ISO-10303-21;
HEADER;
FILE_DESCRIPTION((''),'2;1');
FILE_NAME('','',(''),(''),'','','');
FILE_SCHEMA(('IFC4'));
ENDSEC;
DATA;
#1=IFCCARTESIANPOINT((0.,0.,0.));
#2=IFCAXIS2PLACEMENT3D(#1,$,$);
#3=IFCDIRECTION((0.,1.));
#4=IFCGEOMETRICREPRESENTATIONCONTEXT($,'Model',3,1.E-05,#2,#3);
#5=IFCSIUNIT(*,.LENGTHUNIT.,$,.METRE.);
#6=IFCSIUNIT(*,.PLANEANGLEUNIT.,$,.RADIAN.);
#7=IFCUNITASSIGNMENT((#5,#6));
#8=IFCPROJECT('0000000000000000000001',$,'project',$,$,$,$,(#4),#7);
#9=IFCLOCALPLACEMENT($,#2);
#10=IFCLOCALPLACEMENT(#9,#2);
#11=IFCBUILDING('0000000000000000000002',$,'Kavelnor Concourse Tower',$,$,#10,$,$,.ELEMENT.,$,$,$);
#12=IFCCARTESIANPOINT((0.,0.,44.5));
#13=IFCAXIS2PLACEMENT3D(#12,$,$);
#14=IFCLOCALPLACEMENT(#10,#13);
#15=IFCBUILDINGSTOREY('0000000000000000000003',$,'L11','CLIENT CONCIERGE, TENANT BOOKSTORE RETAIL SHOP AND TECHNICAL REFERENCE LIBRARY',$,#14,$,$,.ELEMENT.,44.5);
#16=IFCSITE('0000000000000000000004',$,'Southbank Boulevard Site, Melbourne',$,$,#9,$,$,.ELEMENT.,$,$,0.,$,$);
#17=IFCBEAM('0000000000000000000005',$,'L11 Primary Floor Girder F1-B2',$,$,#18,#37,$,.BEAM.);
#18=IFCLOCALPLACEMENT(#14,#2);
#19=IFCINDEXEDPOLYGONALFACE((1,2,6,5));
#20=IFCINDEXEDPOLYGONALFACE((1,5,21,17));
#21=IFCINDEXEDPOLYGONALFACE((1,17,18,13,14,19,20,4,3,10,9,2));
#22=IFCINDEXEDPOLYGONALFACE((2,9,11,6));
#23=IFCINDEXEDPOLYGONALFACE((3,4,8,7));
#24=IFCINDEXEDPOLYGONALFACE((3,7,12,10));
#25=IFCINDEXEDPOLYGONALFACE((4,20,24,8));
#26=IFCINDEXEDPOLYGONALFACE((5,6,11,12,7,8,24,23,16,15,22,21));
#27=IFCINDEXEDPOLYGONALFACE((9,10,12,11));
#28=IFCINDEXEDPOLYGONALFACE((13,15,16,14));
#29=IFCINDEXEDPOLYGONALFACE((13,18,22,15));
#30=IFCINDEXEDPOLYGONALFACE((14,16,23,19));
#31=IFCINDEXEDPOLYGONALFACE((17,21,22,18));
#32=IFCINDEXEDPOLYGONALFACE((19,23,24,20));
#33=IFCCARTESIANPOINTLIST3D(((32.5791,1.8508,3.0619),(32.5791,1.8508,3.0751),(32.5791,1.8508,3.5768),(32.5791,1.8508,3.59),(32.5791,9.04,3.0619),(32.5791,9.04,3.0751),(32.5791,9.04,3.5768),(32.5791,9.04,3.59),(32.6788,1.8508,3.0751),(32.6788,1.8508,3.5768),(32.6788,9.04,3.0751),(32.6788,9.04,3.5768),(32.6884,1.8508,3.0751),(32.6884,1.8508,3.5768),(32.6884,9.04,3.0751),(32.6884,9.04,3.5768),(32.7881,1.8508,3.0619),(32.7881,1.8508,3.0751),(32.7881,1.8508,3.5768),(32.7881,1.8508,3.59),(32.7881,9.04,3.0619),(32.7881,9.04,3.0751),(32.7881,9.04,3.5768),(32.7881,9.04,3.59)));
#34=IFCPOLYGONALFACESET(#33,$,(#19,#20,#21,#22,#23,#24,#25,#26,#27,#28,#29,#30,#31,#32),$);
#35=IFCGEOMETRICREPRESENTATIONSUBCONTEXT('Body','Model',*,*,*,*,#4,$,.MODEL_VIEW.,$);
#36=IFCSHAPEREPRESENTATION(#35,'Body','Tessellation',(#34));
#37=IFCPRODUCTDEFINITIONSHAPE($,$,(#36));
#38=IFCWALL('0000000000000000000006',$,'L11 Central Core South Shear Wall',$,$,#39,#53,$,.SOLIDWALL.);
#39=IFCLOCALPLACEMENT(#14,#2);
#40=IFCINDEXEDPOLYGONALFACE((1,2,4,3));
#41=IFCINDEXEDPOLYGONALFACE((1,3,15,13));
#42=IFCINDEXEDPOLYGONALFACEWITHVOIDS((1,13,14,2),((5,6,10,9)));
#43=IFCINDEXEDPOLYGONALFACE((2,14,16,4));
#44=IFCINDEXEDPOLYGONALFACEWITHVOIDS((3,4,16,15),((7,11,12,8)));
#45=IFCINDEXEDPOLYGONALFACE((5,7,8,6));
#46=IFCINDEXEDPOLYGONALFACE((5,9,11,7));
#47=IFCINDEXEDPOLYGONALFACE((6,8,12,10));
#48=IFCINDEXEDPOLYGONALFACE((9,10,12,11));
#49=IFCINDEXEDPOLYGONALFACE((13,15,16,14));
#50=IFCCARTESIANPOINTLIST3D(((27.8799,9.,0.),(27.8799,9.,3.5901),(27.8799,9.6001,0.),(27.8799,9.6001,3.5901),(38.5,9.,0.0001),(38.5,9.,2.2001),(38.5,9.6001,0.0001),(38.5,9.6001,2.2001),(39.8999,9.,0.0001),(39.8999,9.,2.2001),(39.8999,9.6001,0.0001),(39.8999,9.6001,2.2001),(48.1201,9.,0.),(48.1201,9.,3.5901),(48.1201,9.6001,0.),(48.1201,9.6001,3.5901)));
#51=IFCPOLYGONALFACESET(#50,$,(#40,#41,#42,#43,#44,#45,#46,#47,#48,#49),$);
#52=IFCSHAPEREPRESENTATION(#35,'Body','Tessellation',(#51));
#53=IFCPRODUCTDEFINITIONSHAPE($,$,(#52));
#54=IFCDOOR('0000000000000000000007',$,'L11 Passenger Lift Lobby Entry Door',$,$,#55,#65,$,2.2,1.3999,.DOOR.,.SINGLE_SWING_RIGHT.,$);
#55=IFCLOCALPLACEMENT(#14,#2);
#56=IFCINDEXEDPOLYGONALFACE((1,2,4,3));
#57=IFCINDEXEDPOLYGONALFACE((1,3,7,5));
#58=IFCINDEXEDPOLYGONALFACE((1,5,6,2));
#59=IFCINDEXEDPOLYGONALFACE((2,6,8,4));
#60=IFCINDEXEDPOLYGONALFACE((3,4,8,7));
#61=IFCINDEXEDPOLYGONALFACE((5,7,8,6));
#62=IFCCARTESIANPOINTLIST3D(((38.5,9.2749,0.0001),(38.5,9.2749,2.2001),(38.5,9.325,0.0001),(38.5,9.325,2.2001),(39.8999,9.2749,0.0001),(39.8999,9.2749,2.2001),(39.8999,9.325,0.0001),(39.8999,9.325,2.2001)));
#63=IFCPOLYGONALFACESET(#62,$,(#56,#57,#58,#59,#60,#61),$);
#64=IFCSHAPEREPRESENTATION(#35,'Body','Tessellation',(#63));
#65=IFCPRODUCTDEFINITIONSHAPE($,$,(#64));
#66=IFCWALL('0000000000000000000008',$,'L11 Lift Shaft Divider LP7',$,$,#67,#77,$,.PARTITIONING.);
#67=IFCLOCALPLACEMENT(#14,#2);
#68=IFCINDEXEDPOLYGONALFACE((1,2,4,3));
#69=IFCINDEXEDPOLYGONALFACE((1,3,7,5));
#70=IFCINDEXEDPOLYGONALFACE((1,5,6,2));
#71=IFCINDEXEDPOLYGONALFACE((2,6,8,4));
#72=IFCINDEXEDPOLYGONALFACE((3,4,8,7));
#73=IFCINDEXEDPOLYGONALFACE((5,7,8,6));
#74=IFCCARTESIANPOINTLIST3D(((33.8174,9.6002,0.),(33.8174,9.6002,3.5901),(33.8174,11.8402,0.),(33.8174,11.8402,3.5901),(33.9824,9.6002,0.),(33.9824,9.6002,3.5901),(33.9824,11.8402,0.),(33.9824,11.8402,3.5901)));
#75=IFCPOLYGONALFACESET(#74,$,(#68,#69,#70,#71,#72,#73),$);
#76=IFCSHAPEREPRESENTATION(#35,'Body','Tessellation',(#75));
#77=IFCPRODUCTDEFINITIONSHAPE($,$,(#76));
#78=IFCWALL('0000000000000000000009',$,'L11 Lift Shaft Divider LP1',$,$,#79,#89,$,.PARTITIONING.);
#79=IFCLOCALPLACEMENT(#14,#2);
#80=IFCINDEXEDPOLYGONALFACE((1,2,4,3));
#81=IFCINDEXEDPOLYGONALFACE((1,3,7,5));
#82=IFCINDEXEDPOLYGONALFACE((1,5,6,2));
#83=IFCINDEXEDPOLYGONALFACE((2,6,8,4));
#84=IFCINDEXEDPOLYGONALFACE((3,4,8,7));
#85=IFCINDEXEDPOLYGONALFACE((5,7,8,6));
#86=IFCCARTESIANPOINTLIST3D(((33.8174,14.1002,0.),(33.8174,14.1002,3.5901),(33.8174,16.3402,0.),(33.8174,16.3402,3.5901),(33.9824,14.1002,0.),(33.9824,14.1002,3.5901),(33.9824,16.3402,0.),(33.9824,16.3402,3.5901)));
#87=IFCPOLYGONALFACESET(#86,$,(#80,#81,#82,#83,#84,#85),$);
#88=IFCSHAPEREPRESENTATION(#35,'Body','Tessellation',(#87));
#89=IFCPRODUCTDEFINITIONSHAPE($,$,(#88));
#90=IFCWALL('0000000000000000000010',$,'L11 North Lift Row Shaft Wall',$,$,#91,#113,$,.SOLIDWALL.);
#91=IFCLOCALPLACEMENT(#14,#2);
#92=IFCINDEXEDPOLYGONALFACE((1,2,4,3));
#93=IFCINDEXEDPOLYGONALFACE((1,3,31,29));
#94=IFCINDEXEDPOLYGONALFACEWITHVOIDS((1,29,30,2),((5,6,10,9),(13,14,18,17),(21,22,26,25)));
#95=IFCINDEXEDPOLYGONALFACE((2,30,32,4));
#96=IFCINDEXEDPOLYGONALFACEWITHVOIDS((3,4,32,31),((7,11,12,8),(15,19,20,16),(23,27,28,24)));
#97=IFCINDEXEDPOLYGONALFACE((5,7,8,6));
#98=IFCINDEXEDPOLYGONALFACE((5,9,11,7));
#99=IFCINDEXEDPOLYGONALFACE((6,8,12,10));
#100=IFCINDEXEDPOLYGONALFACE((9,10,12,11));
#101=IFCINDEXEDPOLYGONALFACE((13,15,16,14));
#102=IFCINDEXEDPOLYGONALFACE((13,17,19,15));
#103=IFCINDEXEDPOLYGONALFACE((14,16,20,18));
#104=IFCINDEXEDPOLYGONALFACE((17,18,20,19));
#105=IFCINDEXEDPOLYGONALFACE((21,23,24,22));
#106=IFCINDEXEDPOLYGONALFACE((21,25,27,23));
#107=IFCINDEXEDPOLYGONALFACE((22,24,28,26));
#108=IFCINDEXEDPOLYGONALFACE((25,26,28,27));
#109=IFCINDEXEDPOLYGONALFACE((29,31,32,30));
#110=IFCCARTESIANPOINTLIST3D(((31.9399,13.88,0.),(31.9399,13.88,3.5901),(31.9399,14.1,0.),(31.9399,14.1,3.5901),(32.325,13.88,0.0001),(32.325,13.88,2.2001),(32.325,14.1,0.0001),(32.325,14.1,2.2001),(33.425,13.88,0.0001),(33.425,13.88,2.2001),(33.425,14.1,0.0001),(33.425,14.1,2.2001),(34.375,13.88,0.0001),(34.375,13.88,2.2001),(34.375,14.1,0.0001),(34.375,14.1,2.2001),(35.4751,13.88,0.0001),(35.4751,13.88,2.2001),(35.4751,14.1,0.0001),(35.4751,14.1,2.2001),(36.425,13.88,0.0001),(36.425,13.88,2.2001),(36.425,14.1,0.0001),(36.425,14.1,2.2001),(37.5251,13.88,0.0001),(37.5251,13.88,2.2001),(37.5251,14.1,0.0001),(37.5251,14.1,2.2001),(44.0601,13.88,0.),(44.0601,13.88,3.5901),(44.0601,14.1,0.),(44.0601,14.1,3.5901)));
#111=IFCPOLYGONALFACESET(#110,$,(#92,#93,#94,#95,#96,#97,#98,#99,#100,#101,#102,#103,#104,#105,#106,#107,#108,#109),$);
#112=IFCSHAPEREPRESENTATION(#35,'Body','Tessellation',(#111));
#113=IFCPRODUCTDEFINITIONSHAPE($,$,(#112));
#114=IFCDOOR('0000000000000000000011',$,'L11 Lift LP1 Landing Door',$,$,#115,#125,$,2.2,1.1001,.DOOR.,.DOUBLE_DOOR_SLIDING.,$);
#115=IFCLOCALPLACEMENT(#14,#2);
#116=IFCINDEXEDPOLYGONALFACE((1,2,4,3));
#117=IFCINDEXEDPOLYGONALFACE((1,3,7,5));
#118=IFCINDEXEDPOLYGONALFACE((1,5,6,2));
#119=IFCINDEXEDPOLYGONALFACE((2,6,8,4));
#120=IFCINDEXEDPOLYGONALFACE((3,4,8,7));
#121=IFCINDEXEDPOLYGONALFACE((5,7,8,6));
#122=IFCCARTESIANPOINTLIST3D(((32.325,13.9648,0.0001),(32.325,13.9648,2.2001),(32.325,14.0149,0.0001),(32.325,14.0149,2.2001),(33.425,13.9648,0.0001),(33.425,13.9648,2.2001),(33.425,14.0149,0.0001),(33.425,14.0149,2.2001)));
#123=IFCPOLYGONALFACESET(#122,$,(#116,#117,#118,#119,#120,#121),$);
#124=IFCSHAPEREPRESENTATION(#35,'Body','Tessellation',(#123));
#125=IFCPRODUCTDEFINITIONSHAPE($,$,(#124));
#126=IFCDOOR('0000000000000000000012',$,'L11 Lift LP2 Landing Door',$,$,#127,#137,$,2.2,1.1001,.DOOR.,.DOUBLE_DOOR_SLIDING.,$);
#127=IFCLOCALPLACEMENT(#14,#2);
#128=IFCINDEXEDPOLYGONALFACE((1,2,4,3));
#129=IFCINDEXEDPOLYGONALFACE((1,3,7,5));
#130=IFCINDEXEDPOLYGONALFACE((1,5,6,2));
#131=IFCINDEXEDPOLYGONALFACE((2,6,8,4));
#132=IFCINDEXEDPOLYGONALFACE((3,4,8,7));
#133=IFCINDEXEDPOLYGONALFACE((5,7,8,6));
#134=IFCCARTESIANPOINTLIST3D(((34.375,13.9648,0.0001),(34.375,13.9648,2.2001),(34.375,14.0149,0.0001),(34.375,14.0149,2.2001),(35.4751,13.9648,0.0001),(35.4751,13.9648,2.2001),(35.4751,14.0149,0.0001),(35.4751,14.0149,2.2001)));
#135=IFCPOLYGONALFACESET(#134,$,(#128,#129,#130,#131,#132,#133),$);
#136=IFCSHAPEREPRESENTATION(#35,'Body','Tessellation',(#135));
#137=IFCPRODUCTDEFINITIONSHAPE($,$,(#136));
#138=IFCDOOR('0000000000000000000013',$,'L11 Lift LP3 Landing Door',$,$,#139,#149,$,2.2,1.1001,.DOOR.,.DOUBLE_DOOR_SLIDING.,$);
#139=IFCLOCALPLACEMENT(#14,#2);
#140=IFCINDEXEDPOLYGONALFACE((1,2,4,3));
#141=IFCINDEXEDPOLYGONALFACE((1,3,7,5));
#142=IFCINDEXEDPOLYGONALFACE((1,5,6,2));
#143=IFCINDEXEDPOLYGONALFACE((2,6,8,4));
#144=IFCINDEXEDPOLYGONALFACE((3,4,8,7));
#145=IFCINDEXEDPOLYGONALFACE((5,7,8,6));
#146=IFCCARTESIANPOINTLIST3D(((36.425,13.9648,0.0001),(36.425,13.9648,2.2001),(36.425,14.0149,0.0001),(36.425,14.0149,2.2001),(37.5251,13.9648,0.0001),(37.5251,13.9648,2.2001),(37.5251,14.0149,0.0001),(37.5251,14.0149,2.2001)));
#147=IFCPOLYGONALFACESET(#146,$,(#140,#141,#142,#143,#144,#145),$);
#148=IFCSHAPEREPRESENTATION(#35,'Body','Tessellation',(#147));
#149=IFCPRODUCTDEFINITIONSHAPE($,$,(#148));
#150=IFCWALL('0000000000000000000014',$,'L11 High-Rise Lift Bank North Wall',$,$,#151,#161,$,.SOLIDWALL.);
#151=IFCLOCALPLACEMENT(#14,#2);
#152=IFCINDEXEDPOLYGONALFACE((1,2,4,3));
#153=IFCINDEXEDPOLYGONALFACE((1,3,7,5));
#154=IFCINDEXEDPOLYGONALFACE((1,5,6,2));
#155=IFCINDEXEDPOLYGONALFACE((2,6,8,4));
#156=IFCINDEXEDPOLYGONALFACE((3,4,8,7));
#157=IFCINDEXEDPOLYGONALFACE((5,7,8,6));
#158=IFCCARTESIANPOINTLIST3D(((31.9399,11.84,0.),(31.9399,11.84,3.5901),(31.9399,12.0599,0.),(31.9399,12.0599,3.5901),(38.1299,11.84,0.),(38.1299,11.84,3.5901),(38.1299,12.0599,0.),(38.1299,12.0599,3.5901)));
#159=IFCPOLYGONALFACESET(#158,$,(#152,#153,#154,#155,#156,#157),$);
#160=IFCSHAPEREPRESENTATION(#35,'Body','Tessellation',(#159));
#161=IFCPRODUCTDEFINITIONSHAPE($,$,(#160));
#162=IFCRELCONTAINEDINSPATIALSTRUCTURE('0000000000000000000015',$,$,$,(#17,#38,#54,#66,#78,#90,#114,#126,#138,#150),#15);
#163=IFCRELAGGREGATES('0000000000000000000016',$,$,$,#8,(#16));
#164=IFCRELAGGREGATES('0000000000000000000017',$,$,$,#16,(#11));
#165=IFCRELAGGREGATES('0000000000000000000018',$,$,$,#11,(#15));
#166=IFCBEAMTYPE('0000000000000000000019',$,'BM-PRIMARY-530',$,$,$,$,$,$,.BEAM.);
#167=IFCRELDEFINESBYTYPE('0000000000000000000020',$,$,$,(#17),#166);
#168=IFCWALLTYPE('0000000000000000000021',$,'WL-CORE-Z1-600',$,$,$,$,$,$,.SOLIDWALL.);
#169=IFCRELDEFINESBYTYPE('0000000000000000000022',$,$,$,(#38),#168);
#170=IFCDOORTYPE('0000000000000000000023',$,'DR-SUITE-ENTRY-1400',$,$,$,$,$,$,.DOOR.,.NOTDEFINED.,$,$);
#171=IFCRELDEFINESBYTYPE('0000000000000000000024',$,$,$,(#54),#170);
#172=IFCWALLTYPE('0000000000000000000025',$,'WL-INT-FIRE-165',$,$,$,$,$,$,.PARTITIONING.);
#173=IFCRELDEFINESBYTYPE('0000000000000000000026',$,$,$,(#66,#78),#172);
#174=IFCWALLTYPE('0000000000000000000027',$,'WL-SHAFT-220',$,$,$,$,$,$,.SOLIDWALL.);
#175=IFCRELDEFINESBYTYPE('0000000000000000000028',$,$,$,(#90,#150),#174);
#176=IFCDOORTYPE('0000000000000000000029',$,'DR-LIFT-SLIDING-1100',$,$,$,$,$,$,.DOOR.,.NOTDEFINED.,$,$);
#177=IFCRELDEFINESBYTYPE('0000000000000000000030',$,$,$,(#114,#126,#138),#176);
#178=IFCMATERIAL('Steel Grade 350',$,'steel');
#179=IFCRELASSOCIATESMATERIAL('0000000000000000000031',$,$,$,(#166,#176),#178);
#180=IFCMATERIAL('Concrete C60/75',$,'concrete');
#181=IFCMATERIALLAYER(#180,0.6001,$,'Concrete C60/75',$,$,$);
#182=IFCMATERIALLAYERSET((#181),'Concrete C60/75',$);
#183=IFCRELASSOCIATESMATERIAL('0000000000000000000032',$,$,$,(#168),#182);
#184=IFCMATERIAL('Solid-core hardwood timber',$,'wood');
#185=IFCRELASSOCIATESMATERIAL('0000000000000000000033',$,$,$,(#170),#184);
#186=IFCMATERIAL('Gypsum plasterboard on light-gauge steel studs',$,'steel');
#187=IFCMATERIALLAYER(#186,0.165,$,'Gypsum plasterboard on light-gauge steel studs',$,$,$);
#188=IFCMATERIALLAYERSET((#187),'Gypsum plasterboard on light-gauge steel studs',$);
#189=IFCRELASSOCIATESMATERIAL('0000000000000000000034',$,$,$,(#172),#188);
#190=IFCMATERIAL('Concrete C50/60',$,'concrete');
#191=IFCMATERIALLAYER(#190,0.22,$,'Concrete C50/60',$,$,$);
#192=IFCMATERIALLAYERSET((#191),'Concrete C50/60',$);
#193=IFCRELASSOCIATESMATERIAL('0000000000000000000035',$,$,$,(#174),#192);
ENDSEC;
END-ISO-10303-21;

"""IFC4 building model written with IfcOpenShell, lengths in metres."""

from ifc_helpers import new_model, si_unit, direction, frame, frame_2d, origin, origin_2d, place, context, subcontext, project, spatial, rectangle, i_section, extrude, material, layer, layer_set, material_profile, profile_set, type_object, element, fill, save


model = new_model("IFC4")

# Units and contexts
model_context = context("Model", 3, precision=1e-05, world=origin(), true_north=direction((0.0, 1.0)))
body_context = subcontext(model_context, "Body", "Model", "MODEL_VIEW")
ifc_project = project(units=[si_unit("LENGTHUNIT", "METRE"), si_unit("PLANEANGLEUNIT", "RADIAN")], contexts=[model_context])

# Site, building, storey
site_placement = place(None, origin())
site = spatial("IfcSite", under=ifc_project, at=site_placement, Name="Southbank Boulevard Site, Melbourne", CompositionType="ELEMENT", RefElevation=0.0)
building_placement = place(site_placement, origin())
building = spatial("IfcBuilding", under=site, at=building_placement, Name="Kavelnor Concourse Tower", CompositionType="ELEMENT")
storey_placement = place(building_placement, frame((0.0, 0.0, 44.5)))
storey = spatial("IfcBuildingStorey", under=building, at=storey_placement, Name="L11", Description="CLIENT CONCIERGE, TENANT BOOKSTORE RETAIL SHOP AND TECHNICAL REFERENCE LIBRARY", CompositionType="ELEMENT", Elevation=44.5)

# Beam
ifc_material_1 = material(Name="Steel Grade 350", Category="steel")
ifc_material_profile = material_profile(ifc_material_1, i_section(OverallWidth=0.209, OverallDepth=0.5281, WebThickness=0.0095, FlangeThickness=0.0132, at=origin_2d()), Name="530UB82")
ifc_profile_set = profile_set([ifc_material_profile], Name="Steel Grade 350")
beam_type = type_object("IfcBeamType", Name="BM-PRIMARY-530", PredefinedType="BEAM", material=ifc_profile_set)
beam_placement = place(storey_placement, frame((32.6836, 9.04, 3.3259), z_axis=(0.0, -1.0, 0.0), x_axis=(1.0, 0.0, 0.0)))
element("IfcBeam", 1, at=beam_placement, inside=storey, type_object=beam_type, Name="L11 Primary Floor Girder F1-B2", PredefinedType="BEAM", context=body_context, shape_type="SweptSolid", body=[
    extrude(i_section(OverallWidth=0.209, OverallDepth=0.5281, WebThickness=0.0095, FlangeThickness=0.0132, at=origin_2d()), origin(), (0.0, 0.0, 1.0), 7.1892),
])

# Wall, opening, door
ifc_material_2 = material(Name="Concrete C60/75", Category="concrete")
ifc_layer_1 = layer(ifc_material_2, 0.6001, Name="Concrete C60/75")
ifc_layer_set_1 = layer_set([ifc_layer_1], Name="Concrete C60/75")
wall_type_1 = type_object("IfcWallType", Name="WL-CORE-Z1-600", PredefinedType="SOLIDWALL", material=ifc_layer_set_1)
wall_1_placement = place(storey_placement, frame((27.8799, 9.3, 0.0), z_axis=(0.0, 0.0, 1.0), x_axis=(1.0, 0.0, 0.0)))
wall_1 = element("IfcWall", 2, at=wall_1_placement, inside=storey, type_object=wall_type_1, Name="L11 Central Core South Shear Wall", PredefinedType="SOLIDWALL", context=body_context, shape_type="SweptSolid", body=[
    extrude(rectangle(XDim=20.2402, YDim=0.6001, at=frame_2d((10.1201, 0.0))), origin(), (0.0, 0.0, 1.0), 3.5901),
])
opening_1_placement = place(wall_1_placement, frame((10.6201, 0.0, 0.0)))
opening_1 = element("IfcOpeningElement", 3, at=opening_1_placement, cuts=wall_1, PredefinedType="OPENING", context=body_context, shape_type="SweptSolid", body=[
    extrude(rectangle(XDim=1.3999, YDim=2.2, at=frame_2d((0.7, 1.1001))), frame((0.0, 0.3101, 0.0), z_axis=(0.0, -1.0, 0.0), x_axis=(1.0, 0.0, 0.0)), (0.0, 0.0, 1.0), 0.6201),
])
ifc_material_3 = material(Name="Solid-core hardwood timber", Category="wood")
door_type_1 = type_object("IfcDoorType", Name="DR-SUITE-ENTRY-1400", OperationType="NOTDEFINED", PredefinedType="DOOR", material=ifc_material_3)
door_1_placement = place(opening_1_placement, origin())
door_1 = element("IfcDoor", 4, at=door_1_placement, inside=storey, type_object=door_type_1, Name="L11 Passenger Lift Lobby Entry Door", OperationType="SINGLE_SWING_RIGHT", OverallHeight=2.2, OverallWidth=1.3999, PredefinedType="DOOR", context=body_context, shape_type="SweptSolid", body=[
    extrude(rectangle(XDim=1.3999, YDim=2.2, at=frame_2d((0.7, 1.1001))), frame((0.0, 0.0249, 0.0), z_axis=(0.0, -1.0, 0.0), x_axis=(1.0, 0.0, 0.0)), (0.0, 0.0, 1.0), 0.05),
])
fill(opening_1, door_1)

# Walls
ifc_material_4 = material(Name="Gypsum plasterboard on light-gauge steel studs", Category="steel")
ifc_layer_2 = layer(ifc_material_4, 0.165, Name="Gypsum plasterboard on light-gauge steel studs")
ifc_layer_set_2 = layer_set([ifc_layer_2], Name="Gypsum plasterboard on light-gauge steel studs")
wall_type_2 = type_object("IfcWallType", Name="WL-INT-FIRE-165", PredefinedType="PARTITIONING", material=ifc_layer_set_2)
for number, where, z_axis, x_axis, name in (
    (5, (33.8999, 9.6001, 0.0), (0.0, 0.0, 1.0), (0.0, 1.0, 0.0), "L11 Lift Shaft Divider LP7"),
    (6, (33.8999, 14.1001, 0.0), (0.0, 0.0, 1.0), (0.0, 1.0, 0.0), "L11 Lift Shaft Divider LP1"),
):
    element("IfcWall", number, at=place(storey_placement, frame(where, z_axis=z_axis, x_axis=x_axis)), inside=storey, type_object=wall_type_2, Name=name, PredefinedType="PARTITIONING", context=body_context, shape_type="SweptSolid", body=[
        extrude(rectangle(XDim=2.24, YDim=0.165, at=frame_2d((1.1201, 0.0))), origin(), (0.0, 0.0, 1.0), 3.5901),
    ])

# Wall, openings, doors
ifc_material_5 = material(Name="Concrete C50/60", Category="concrete")
ifc_layer_3 = layer(ifc_material_5, 0.22, Name="Concrete C50/60")
ifc_layer_set_3 = layer_set([ifc_layer_3], Name="Concrete C50/60")
wall_type_3 = type_object("IfcWallType", Name="WL-SHAFT-220", PredefinedType="SOLIDWALL", material=ifc_layer_set_3)
wall_2_placement = place(storey_placement, frame((31.9399, 13.99, 0.0), z_axis=(0.0, 0.0, 1.0), x_axis=(1.0, 0.0, 0.0)))
wall_2 = element("IfcWall", 7, at=wall_2_placement, inside=storey, type_object=wall_type_3, Name="L11 North Lift Row Shaft Wall", PredefinedType="SOLIDWALL", context=body_context, shape_type="SweptSolid", body=[
    extrude(rectangle(XDim=12.1201, YDim=0.22, at=frame_2d((6.0601, 0.0))), origin(), (0.0, 0.0, 1.0), 3.5901),
])
opening_2_placement = place(wall_2_placement, frame((0.385, 0.0, 0.0)))
opening_2 = element("IfcOpeningElement", 8, at=opening_2_placement, cuts=wall_2, PredefinedType="OPENING", context=body_context, shape_type="SweptSolid", body=[
    extrude(rectangle(XDim=1.1001, YDim=2.2, at=frame_2d((0.55, 1.1001))), frame((0.0, 0.1201, 0.0), z_axis=(0.0, -1.0, 0.0), x_axis=(1.0, 0.0, 0.0)), (0.0, 0.0, 1.0), 0.24),
])
opening_3_placement = place(wall_2_placement, frame((2.4351, 0.0, 0.0)))
opening_3 = element("IfcOpeningElement", 9, at=opening_3_placement, cuts=wall_2, PredefinedType="OPENING", context=body_context, shape_type="SweptSolid", body=[
    extrude(rectangle(XDim=1.1001, YDim=2.2, at=frame_2d((0.55, 1.1001))), frame((0.0, 0.1201, 0.0), z_axis=(0.0, -1.0, 0.0), x_axis=(1.0, 0.0, 0.0)), (0.0, 0.0, 1.0), 0.24),
])
opening_4_placement = place(wall_2_placement, frame((4.4851, 0.0, 0.0)))
opening_4 = element("IfcOpeningElement", 10, at=opening_4_placement, cuts=wall_2, PredefinedType="OPENING", context=body_context, shape_type="SweptSolid", body=[
    extrude(rectangle(XDim=1.1001, YDim=2.2, at=frame_2d((0.55, 1.1001))), frame((0.0, 0.1201, 0.0), z_axis=(0.0, -1.0, 0.0), x_axis=(1.0, 0.0, 0.0)), (0.0, 0.0, 1.0), 0.24),
])
door_type_2 = type_object("IfcDoorType", Name="DR-LIFT-SLIDING-1100", OperationType="NOTDEFINED", PredefinedType="DOOR", material=ifc_material_1)
door_2_placement = place(opening_2_placement, origin())
door_2 = element("IfcDoor", 11, at=door_2_placement, inside=storey, type_object=door_type_2, Name="L11 Lift LP1 Landing Door", OperationType="DOUBLE_DOOR_SLIDING", OverallHeight=2.2, OverallWidth=1.1001, PredefinedType="DOOR", context=body_context, shape_type="SweptSolid", body=[
    extrude(rectangle(XDim=1.1001, YDim=2.2, at=frame_2d((0.55, 1.1001))), frame((0.0, 0.0249, 0.0), z_axis=(0.0, -1.0, 0.0), x_axis=(1.0, 0.0, 0.0)), (0.0, 0.0, 1.0), 0.05),
])
fill(opening_2, door_2)
door_3_placement = place(opening_3_placement, origin())
door_3 = element("IfcDoor", 12, at=door_3_placement, inside=storey, type_object=door_type_2, Name="L11 Lift LP2 Landing Door", OperationType="DOUBLE_DOOR_SLIDING", OverallHeight=2.2, OverallWidth=1.1001, PredefinedType="DOOR", context=body_context, shape_type="SweptSolid", body=[
    extrude(rectangle(XDim=1.1001, YDim=2.2, at=frame_2d((0.55, 1.1001))), frame((0.0, 0.0249, 0.0), z_axis=(0.0, -1.0, 0.0), x_axis=(1.0, 0.0, 0.0)), (0.0, 0.0, 1.0), 0.05),
])
fill(opening_3, door_3)
door_4_placement = place(opening_4_placement, origin())
door_4 = element("IfcDoor", 13, at=door_4_placement, inside=storey, type_object=door_type_2, Name="L11 Lift LP3 Landing Door", OperationType="DOUBLE_DOOR_SLIDING", OverallHeight=2.2, OverallWidth=1.1001, PredefinedType="DOOR", context=body_context, shape_type="SweptSolid", body=[
    extrude(rectangle(XDim=1.1001, YDim=2.2, at=frame_2d((0.55, 1.1001))), frame((0.0, 0.0249, 0.0), z_axis=(0.0, -1.0, 0.0), x_axis=(1.0, 0.0, 0.0)), (0.0, 0.0, 1.0), 0.05),
])
fill(opening_4, door_4)

# Wall
wall_3_placement = place(storey_placement, frame((31.9399, 11.95, 0.0), z_axis=(0.0, 0.0, 1.0), x_axis=(1.0, 0.0, 0.0)))
element("IfcWall", 14, at=wall_3_placement, inside=storey, type_object=wall_type_3, Name="L11 High-Rise Lift Bank North Wall", PredefinedType="SOLIDWALL", context=body_context, shape_type="SweptSolid", body=[
    extrude(rectangle(XDim=6.1899, YDim=0.22, at=frame_2d((3.095, 0.0))), origin(), (0.0, 0.0, 1.0), 3.5901),
])

save(model, "model.ifc")
